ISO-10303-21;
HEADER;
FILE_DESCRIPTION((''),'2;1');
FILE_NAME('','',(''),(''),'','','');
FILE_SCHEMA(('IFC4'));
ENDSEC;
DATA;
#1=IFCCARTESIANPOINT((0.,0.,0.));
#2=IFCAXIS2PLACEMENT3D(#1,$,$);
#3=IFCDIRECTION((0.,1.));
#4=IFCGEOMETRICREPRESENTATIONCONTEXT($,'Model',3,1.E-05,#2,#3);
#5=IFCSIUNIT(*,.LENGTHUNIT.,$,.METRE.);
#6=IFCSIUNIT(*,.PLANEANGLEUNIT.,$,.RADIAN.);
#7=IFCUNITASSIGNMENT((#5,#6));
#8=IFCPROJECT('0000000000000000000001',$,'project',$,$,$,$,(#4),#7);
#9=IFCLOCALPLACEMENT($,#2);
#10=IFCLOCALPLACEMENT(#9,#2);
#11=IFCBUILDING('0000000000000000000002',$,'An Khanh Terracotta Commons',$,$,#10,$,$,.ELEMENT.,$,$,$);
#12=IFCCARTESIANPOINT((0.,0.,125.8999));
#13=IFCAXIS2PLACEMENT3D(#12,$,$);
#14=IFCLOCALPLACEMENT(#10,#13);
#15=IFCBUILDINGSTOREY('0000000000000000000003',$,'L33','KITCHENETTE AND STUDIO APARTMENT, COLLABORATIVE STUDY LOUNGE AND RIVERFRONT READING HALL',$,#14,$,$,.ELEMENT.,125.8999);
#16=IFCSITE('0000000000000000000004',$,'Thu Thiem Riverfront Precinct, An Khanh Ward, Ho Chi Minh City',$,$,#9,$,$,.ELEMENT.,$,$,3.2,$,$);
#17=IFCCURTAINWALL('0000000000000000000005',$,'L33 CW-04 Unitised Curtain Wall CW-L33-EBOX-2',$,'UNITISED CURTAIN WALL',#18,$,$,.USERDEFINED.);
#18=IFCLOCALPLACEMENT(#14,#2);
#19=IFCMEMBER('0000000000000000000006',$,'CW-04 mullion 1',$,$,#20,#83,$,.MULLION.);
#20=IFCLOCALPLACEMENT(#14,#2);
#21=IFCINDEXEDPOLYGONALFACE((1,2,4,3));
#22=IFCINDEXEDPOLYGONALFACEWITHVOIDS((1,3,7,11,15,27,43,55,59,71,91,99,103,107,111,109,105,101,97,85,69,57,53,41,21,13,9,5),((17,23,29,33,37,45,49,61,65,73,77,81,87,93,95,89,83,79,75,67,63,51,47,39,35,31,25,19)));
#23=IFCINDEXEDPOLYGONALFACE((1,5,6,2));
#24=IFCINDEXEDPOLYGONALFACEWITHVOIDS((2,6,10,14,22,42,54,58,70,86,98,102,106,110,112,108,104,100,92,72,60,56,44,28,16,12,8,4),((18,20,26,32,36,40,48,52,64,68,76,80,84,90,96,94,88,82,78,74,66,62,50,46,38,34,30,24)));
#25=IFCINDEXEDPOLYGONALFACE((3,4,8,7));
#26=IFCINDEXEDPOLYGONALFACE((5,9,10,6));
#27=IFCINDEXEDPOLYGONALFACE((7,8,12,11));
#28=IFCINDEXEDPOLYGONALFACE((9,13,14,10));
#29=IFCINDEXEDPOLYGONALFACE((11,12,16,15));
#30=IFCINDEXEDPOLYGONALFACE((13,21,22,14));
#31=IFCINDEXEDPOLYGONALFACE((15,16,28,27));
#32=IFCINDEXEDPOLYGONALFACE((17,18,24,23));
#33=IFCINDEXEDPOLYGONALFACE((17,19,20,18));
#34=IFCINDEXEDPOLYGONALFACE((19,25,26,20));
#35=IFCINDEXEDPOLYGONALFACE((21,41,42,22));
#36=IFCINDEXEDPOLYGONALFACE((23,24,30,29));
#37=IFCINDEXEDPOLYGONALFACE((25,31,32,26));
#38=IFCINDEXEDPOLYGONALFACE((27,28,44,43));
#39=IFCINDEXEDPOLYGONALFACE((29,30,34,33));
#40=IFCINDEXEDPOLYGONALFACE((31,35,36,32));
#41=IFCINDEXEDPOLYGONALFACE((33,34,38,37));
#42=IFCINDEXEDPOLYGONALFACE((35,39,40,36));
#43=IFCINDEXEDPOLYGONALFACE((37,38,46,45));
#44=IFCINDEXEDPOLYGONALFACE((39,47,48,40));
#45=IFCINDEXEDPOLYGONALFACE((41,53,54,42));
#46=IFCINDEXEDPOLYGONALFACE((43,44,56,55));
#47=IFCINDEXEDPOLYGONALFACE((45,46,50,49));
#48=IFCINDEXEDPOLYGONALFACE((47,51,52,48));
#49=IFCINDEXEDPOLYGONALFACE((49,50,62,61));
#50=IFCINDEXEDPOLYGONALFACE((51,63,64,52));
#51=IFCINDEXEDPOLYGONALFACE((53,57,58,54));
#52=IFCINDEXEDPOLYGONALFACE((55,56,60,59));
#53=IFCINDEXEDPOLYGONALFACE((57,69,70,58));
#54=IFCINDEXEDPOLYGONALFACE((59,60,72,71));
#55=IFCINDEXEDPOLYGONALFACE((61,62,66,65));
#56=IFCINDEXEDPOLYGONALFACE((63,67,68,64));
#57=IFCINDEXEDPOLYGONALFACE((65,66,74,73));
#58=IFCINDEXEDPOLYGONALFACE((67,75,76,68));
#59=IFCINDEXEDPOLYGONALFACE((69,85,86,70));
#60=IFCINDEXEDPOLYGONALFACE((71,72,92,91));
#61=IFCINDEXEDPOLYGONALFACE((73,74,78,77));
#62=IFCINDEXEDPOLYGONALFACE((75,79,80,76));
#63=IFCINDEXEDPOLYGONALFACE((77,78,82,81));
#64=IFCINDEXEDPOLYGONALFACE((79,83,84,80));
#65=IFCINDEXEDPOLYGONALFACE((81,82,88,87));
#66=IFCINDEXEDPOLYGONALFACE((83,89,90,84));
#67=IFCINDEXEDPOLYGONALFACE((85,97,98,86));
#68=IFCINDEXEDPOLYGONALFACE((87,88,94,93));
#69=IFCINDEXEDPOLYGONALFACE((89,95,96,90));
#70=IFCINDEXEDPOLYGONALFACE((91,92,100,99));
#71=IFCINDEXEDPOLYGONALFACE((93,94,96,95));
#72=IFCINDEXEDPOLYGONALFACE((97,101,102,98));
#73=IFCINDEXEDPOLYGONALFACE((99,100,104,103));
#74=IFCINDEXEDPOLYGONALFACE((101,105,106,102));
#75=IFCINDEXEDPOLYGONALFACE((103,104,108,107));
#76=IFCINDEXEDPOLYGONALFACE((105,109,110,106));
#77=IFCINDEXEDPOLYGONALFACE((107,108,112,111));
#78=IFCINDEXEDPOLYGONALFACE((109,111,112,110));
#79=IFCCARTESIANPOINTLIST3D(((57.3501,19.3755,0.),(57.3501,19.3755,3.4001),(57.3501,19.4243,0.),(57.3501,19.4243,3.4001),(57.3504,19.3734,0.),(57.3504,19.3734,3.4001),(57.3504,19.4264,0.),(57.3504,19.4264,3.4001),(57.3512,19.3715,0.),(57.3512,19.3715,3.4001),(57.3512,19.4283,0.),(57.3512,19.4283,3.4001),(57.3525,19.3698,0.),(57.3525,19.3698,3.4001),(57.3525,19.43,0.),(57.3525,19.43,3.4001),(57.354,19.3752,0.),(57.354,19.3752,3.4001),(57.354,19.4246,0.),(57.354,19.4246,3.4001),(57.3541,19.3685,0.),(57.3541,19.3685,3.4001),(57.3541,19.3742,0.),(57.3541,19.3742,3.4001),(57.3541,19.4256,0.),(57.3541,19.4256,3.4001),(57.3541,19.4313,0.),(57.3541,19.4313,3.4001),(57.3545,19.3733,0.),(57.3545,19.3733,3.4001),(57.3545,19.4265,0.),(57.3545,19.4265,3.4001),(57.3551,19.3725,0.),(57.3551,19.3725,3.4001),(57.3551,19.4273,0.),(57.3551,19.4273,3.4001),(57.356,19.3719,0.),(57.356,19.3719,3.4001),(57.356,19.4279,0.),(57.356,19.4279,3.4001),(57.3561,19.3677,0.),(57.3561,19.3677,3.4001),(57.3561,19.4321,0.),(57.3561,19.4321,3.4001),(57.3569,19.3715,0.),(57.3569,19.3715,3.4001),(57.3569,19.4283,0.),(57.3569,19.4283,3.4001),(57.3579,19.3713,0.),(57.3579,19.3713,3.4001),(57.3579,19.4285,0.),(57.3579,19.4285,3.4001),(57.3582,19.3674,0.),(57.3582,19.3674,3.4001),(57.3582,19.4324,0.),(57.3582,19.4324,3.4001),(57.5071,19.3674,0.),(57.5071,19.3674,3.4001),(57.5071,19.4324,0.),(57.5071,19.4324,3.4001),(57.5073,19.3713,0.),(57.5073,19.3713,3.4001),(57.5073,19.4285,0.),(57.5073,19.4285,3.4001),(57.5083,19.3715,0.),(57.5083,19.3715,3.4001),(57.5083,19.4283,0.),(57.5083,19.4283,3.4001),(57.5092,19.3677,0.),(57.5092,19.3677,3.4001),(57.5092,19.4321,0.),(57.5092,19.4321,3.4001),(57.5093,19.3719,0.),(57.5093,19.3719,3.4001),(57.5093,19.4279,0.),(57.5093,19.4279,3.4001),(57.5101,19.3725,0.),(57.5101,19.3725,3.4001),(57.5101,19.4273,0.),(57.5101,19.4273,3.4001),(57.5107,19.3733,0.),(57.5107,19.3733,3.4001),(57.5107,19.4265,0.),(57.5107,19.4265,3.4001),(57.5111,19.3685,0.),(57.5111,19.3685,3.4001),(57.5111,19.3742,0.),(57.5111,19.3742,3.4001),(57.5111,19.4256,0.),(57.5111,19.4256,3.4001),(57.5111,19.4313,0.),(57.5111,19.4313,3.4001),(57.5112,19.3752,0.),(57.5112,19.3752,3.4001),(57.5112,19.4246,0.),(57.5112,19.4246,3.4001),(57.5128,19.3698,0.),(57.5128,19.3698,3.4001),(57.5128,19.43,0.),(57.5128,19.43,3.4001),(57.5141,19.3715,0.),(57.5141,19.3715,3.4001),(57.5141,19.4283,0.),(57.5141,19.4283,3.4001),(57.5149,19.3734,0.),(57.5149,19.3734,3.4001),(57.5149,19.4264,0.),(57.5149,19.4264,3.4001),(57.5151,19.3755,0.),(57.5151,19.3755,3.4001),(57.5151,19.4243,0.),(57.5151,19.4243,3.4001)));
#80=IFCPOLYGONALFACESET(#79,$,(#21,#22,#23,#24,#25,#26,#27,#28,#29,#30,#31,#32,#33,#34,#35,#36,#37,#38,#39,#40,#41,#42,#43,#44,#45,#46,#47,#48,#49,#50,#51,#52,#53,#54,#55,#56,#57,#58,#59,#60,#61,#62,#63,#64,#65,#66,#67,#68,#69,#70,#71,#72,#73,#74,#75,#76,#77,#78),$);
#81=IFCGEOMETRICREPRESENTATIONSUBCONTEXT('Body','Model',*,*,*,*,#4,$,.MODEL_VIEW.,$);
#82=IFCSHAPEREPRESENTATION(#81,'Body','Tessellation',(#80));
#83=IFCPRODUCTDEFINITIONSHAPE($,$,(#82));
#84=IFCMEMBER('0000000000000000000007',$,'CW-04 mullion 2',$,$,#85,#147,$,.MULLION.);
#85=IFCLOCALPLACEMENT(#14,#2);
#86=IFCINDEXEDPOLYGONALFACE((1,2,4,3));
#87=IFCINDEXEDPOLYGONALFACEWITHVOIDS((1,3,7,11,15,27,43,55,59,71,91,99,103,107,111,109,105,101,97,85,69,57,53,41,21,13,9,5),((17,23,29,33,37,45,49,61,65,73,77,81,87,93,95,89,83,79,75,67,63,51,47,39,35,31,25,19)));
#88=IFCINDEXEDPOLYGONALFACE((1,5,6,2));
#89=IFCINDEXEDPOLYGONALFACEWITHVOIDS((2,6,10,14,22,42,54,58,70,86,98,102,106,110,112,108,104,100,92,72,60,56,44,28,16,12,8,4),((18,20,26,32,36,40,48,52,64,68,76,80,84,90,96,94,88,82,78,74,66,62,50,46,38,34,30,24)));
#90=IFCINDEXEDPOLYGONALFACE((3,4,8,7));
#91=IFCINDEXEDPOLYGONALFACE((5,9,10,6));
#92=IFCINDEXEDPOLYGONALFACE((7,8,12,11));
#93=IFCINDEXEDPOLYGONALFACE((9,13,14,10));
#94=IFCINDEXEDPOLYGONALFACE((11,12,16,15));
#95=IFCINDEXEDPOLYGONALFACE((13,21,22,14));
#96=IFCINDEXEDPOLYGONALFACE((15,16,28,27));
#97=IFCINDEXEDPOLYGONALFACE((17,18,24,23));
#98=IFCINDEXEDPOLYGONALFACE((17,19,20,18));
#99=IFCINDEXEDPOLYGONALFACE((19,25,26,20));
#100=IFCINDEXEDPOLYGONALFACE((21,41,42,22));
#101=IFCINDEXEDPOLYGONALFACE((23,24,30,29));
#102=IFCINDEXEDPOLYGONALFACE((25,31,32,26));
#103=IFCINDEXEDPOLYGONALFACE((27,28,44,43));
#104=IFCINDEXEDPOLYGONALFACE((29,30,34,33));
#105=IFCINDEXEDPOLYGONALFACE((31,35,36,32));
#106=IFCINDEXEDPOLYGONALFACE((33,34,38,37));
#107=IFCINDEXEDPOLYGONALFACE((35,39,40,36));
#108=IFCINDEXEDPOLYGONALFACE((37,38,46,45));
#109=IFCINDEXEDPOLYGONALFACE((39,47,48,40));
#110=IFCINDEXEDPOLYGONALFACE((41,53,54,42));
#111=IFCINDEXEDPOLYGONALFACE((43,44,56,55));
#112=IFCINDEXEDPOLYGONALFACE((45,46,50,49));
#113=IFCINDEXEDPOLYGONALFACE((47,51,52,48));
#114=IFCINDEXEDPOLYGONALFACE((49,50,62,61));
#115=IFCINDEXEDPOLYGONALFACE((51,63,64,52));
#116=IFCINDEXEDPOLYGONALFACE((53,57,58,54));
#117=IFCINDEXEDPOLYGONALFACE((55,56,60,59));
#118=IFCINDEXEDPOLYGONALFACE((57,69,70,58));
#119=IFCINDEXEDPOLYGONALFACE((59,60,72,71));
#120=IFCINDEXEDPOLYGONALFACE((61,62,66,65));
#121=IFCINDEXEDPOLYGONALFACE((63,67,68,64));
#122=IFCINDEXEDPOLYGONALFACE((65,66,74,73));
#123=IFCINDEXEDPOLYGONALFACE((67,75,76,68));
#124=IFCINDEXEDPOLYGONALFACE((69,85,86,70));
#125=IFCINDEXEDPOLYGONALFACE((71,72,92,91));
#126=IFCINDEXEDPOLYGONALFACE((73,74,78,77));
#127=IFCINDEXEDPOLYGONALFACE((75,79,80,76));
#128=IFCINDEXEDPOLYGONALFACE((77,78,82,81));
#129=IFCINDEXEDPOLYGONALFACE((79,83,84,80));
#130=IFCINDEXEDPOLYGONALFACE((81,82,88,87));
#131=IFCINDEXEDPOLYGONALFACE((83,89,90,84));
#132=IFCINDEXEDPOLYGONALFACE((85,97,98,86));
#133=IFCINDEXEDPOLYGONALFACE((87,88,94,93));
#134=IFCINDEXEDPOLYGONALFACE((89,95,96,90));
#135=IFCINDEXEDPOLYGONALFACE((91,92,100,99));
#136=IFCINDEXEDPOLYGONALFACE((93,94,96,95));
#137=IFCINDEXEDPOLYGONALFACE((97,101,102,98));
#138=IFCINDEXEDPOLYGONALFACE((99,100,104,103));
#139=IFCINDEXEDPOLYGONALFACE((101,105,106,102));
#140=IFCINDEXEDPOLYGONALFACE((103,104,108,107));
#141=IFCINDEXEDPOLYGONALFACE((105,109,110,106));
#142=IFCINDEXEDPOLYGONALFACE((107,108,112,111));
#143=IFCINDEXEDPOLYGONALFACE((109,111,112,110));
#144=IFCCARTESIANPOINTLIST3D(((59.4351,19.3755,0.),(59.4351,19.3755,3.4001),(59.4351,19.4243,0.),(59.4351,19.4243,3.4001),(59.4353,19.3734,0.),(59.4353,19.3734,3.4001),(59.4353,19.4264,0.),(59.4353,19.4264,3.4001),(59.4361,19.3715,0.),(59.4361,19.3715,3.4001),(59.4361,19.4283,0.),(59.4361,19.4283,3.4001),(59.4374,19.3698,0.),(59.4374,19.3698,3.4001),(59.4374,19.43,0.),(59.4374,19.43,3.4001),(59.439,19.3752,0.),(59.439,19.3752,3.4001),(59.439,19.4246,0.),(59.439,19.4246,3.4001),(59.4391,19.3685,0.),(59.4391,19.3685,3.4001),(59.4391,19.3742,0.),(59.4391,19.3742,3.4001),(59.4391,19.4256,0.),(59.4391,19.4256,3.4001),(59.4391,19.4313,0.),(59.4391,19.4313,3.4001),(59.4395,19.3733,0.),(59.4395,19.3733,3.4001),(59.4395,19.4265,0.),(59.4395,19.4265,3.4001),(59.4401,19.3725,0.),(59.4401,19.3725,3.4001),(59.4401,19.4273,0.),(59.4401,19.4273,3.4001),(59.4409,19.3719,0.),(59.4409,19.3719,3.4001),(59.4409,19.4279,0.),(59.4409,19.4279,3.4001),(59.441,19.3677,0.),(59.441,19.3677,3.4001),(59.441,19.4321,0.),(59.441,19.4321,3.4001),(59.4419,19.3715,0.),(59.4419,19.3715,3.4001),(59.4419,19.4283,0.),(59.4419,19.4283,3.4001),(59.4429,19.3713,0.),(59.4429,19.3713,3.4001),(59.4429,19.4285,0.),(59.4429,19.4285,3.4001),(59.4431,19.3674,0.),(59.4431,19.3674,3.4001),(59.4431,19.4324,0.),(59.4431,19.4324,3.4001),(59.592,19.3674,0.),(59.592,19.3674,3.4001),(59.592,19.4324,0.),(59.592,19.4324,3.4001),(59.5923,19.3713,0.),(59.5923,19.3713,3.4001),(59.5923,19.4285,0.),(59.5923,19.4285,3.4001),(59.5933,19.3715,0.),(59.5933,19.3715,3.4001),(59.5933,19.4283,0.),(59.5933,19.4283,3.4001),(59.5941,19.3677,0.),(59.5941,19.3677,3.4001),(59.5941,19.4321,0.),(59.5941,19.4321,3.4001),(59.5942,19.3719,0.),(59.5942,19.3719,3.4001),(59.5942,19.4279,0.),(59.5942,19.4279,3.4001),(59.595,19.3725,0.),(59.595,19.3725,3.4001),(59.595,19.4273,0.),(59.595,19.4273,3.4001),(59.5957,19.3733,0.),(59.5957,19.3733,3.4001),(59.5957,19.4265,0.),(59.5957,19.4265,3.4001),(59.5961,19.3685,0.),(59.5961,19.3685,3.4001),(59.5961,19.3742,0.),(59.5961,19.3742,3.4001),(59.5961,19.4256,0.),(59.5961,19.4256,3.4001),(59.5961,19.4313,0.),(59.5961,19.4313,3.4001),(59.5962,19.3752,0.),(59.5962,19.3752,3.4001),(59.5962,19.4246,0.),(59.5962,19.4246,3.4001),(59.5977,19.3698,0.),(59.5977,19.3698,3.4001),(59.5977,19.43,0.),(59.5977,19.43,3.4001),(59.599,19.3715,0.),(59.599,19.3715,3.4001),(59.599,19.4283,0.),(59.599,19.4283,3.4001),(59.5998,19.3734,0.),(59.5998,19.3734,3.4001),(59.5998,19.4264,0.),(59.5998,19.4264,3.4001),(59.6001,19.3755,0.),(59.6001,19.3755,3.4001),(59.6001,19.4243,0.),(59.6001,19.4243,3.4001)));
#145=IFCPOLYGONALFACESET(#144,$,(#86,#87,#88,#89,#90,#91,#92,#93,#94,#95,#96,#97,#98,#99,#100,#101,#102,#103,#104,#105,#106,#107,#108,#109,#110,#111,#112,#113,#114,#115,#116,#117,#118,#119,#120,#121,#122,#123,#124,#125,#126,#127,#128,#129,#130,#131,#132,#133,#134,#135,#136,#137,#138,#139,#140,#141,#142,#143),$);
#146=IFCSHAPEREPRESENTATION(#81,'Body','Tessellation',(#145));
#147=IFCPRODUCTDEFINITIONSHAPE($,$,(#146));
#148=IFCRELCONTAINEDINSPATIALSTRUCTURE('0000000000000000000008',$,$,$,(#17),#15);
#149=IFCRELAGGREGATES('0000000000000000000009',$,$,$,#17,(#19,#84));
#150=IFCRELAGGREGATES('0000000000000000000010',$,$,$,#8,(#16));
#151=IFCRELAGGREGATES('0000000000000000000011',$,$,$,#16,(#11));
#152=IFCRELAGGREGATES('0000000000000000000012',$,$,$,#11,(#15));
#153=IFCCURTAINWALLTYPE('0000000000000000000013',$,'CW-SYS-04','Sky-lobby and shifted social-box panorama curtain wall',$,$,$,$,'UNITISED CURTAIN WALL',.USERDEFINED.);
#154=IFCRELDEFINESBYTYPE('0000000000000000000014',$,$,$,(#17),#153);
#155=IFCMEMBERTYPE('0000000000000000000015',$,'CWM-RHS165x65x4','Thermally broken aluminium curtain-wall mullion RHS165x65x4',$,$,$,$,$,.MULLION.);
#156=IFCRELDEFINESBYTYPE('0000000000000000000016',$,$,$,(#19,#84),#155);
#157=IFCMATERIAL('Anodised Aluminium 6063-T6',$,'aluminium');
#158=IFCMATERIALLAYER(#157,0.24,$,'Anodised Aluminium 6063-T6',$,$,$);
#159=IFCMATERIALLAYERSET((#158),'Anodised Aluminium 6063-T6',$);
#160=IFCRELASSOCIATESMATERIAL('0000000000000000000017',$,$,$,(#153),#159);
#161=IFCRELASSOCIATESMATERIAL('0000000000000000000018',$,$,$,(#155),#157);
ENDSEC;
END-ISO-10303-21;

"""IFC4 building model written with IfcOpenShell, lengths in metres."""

from ifc_helpers import new_model, si_unit, direction, frame, origin, origin_2d, place, context, subcontext, project, spatial, hollow_rectangle, extrude, material, layer, layer_set, material_profile, profile_set, type_object, element, aggregate, save


model = new_model("IFC4")

# Units and contexts
model_context = context("Model", 3, precision=1e-05, world=origin(), true_north=direction((0.0, 1.0)))
body_context = subcontext(model_context, "Body", "Model", "MODEL_VIEW")
ifc_project = project(units=[si_unit("LENGTHUNIT", "METRE"), si_unit("PLANEANGLEUNIT", "RADIAN")], contexts=[model_context])

# Site, building, storey
site_placement = place(None, origin())
site = spatial("IfcSite", under=ifc_project, at=site_placement, Name="Thu Thiem Riverfront Precinct, An Khanh Ward, Ho Chi Minh City", CompositionType="ELEMENT", RefElevation=3.2)
building_placement = place(site_placement, origin())
building = spatial("IfcBuilding", under=site, at=building_placement, Name="An Khanh Terracotta Commons", CompositionType="ELEMENT")
storey_placement = place(building_placement, frame((0.0, 0.0, 125.8999)))
storey = spatial("IfcBuildingStorey", under=building, at=storey_placement, Name="L33", Description="KITCHENETTE AND STUDIO APARTMENT, COLLABORATIVE STUDY LOUNGE AND RIVERFRONT READING HALL", CompositionType="ELEMENT", Elevation=125.8999)

# Curtain wall, members
ifc_material_1 = material(Name="Anodised Aluminium 6063-T6", Category="aluminium")
ifc_layer_1 = layer(ifc_material_1, 0.24, Name="Anodised Aluminium 6063-T6")
ifc_layer_set_1 = layer_set([ifc_layer_1], Name="Anodised Aluminium 6063-T6")
curtain_wall_type_1 = type_object("IfcCurtainWallType", Name="CW-SYS-04", Description="Sky-lobby and shifted social-box panorama curtain wall", ElementType="UNITISED CURTAIN WALL", PredefinedType="USERDEFINED", material=ifc_layer_set_1)
ifc_material_profile_1 = material_profile(ifc_material_1, hollow_rectangle(XDim=0.0649, YDim=0.165, WallThickness=0.0039, InnerFilletRadius=0.0039, OuterFilletRadius=0.0081, at=origin_2d()), Name="RHS165x65x4")
ifc_profile_set_1 = profile_set([ifc_material_profile_1], Name="Anodised Aluminium 6063-T6")
member_type_1 = type_object("IfcMemberType", Name="CWM-RHS165x65x4", Description="Thermally broken aluminium curtain-wall mullion RHS165x65x4", PredefinedType="MULLION", material=ifc_profile_set_1)
curtain_wall_1_placement = place(storey_placement, origin())
curtain_wall_1 = element("IfcCurtainWall", 1, at=curtain_wall_1_placement, inside=storey, type_object=curtain_wall_type_1, Name="L33 CW-04 Unitised Curtain Wall CW-L33-EBOX-2", ObjectType="UNITISED CURTAIN WALL", PredefinedType="USERDEFINED")
member_1_placement = place(storey_placement, frame((57.4326, 19.3999, 0.0), z_axis=(0.0, 0.0, 1.0), x_axis=(0.0, 1.0, 0.0)))
member_1 = element("IfcMember", 2, at=member_1_placement, type_object=member_type_1, Name="CW-04 mullion 1", PredefinedType="MULLION", context=body_context, shape_type="SweptSolid", body=[
    extrude(hollow_rectangle(XDim=0.0649, YDim=0.165, WallThickness=0.0039, InnerFilletRadius=0.0039, OuterFilletRadius=0.0081, at=origin_2d()), origin(), (0.0, 0.0, 1.0), 3.4001),
])
member_2_placement = place(storey_placement, frame((59.5176, 19.3999, 0.0), z_axis=(0.0, 0.0, 1.0), x_axis=(0.0, 1.0, 0.0)))
member_2 = element("IfcMember", 3, at=member_2_placement, type_object=member_type_1, Name="CW-04 mullion 2", PredefinedType="MULLION", context=body_context, shape_type="SweptSolid", body=[
    extrude(hollow_rectangle(XDim=0.0649, YDim=0.165, WallThickness=0.0039, InnerFilletRadius=0.0039, OuterFilletRadius=0.0081, at=origin_2d()), origin(), (0.0, 0.0, 1.0), 3.4001),
])

aggregate(curtain_wall_1, [member_1, member_2])

save(model, "model.ifc")
